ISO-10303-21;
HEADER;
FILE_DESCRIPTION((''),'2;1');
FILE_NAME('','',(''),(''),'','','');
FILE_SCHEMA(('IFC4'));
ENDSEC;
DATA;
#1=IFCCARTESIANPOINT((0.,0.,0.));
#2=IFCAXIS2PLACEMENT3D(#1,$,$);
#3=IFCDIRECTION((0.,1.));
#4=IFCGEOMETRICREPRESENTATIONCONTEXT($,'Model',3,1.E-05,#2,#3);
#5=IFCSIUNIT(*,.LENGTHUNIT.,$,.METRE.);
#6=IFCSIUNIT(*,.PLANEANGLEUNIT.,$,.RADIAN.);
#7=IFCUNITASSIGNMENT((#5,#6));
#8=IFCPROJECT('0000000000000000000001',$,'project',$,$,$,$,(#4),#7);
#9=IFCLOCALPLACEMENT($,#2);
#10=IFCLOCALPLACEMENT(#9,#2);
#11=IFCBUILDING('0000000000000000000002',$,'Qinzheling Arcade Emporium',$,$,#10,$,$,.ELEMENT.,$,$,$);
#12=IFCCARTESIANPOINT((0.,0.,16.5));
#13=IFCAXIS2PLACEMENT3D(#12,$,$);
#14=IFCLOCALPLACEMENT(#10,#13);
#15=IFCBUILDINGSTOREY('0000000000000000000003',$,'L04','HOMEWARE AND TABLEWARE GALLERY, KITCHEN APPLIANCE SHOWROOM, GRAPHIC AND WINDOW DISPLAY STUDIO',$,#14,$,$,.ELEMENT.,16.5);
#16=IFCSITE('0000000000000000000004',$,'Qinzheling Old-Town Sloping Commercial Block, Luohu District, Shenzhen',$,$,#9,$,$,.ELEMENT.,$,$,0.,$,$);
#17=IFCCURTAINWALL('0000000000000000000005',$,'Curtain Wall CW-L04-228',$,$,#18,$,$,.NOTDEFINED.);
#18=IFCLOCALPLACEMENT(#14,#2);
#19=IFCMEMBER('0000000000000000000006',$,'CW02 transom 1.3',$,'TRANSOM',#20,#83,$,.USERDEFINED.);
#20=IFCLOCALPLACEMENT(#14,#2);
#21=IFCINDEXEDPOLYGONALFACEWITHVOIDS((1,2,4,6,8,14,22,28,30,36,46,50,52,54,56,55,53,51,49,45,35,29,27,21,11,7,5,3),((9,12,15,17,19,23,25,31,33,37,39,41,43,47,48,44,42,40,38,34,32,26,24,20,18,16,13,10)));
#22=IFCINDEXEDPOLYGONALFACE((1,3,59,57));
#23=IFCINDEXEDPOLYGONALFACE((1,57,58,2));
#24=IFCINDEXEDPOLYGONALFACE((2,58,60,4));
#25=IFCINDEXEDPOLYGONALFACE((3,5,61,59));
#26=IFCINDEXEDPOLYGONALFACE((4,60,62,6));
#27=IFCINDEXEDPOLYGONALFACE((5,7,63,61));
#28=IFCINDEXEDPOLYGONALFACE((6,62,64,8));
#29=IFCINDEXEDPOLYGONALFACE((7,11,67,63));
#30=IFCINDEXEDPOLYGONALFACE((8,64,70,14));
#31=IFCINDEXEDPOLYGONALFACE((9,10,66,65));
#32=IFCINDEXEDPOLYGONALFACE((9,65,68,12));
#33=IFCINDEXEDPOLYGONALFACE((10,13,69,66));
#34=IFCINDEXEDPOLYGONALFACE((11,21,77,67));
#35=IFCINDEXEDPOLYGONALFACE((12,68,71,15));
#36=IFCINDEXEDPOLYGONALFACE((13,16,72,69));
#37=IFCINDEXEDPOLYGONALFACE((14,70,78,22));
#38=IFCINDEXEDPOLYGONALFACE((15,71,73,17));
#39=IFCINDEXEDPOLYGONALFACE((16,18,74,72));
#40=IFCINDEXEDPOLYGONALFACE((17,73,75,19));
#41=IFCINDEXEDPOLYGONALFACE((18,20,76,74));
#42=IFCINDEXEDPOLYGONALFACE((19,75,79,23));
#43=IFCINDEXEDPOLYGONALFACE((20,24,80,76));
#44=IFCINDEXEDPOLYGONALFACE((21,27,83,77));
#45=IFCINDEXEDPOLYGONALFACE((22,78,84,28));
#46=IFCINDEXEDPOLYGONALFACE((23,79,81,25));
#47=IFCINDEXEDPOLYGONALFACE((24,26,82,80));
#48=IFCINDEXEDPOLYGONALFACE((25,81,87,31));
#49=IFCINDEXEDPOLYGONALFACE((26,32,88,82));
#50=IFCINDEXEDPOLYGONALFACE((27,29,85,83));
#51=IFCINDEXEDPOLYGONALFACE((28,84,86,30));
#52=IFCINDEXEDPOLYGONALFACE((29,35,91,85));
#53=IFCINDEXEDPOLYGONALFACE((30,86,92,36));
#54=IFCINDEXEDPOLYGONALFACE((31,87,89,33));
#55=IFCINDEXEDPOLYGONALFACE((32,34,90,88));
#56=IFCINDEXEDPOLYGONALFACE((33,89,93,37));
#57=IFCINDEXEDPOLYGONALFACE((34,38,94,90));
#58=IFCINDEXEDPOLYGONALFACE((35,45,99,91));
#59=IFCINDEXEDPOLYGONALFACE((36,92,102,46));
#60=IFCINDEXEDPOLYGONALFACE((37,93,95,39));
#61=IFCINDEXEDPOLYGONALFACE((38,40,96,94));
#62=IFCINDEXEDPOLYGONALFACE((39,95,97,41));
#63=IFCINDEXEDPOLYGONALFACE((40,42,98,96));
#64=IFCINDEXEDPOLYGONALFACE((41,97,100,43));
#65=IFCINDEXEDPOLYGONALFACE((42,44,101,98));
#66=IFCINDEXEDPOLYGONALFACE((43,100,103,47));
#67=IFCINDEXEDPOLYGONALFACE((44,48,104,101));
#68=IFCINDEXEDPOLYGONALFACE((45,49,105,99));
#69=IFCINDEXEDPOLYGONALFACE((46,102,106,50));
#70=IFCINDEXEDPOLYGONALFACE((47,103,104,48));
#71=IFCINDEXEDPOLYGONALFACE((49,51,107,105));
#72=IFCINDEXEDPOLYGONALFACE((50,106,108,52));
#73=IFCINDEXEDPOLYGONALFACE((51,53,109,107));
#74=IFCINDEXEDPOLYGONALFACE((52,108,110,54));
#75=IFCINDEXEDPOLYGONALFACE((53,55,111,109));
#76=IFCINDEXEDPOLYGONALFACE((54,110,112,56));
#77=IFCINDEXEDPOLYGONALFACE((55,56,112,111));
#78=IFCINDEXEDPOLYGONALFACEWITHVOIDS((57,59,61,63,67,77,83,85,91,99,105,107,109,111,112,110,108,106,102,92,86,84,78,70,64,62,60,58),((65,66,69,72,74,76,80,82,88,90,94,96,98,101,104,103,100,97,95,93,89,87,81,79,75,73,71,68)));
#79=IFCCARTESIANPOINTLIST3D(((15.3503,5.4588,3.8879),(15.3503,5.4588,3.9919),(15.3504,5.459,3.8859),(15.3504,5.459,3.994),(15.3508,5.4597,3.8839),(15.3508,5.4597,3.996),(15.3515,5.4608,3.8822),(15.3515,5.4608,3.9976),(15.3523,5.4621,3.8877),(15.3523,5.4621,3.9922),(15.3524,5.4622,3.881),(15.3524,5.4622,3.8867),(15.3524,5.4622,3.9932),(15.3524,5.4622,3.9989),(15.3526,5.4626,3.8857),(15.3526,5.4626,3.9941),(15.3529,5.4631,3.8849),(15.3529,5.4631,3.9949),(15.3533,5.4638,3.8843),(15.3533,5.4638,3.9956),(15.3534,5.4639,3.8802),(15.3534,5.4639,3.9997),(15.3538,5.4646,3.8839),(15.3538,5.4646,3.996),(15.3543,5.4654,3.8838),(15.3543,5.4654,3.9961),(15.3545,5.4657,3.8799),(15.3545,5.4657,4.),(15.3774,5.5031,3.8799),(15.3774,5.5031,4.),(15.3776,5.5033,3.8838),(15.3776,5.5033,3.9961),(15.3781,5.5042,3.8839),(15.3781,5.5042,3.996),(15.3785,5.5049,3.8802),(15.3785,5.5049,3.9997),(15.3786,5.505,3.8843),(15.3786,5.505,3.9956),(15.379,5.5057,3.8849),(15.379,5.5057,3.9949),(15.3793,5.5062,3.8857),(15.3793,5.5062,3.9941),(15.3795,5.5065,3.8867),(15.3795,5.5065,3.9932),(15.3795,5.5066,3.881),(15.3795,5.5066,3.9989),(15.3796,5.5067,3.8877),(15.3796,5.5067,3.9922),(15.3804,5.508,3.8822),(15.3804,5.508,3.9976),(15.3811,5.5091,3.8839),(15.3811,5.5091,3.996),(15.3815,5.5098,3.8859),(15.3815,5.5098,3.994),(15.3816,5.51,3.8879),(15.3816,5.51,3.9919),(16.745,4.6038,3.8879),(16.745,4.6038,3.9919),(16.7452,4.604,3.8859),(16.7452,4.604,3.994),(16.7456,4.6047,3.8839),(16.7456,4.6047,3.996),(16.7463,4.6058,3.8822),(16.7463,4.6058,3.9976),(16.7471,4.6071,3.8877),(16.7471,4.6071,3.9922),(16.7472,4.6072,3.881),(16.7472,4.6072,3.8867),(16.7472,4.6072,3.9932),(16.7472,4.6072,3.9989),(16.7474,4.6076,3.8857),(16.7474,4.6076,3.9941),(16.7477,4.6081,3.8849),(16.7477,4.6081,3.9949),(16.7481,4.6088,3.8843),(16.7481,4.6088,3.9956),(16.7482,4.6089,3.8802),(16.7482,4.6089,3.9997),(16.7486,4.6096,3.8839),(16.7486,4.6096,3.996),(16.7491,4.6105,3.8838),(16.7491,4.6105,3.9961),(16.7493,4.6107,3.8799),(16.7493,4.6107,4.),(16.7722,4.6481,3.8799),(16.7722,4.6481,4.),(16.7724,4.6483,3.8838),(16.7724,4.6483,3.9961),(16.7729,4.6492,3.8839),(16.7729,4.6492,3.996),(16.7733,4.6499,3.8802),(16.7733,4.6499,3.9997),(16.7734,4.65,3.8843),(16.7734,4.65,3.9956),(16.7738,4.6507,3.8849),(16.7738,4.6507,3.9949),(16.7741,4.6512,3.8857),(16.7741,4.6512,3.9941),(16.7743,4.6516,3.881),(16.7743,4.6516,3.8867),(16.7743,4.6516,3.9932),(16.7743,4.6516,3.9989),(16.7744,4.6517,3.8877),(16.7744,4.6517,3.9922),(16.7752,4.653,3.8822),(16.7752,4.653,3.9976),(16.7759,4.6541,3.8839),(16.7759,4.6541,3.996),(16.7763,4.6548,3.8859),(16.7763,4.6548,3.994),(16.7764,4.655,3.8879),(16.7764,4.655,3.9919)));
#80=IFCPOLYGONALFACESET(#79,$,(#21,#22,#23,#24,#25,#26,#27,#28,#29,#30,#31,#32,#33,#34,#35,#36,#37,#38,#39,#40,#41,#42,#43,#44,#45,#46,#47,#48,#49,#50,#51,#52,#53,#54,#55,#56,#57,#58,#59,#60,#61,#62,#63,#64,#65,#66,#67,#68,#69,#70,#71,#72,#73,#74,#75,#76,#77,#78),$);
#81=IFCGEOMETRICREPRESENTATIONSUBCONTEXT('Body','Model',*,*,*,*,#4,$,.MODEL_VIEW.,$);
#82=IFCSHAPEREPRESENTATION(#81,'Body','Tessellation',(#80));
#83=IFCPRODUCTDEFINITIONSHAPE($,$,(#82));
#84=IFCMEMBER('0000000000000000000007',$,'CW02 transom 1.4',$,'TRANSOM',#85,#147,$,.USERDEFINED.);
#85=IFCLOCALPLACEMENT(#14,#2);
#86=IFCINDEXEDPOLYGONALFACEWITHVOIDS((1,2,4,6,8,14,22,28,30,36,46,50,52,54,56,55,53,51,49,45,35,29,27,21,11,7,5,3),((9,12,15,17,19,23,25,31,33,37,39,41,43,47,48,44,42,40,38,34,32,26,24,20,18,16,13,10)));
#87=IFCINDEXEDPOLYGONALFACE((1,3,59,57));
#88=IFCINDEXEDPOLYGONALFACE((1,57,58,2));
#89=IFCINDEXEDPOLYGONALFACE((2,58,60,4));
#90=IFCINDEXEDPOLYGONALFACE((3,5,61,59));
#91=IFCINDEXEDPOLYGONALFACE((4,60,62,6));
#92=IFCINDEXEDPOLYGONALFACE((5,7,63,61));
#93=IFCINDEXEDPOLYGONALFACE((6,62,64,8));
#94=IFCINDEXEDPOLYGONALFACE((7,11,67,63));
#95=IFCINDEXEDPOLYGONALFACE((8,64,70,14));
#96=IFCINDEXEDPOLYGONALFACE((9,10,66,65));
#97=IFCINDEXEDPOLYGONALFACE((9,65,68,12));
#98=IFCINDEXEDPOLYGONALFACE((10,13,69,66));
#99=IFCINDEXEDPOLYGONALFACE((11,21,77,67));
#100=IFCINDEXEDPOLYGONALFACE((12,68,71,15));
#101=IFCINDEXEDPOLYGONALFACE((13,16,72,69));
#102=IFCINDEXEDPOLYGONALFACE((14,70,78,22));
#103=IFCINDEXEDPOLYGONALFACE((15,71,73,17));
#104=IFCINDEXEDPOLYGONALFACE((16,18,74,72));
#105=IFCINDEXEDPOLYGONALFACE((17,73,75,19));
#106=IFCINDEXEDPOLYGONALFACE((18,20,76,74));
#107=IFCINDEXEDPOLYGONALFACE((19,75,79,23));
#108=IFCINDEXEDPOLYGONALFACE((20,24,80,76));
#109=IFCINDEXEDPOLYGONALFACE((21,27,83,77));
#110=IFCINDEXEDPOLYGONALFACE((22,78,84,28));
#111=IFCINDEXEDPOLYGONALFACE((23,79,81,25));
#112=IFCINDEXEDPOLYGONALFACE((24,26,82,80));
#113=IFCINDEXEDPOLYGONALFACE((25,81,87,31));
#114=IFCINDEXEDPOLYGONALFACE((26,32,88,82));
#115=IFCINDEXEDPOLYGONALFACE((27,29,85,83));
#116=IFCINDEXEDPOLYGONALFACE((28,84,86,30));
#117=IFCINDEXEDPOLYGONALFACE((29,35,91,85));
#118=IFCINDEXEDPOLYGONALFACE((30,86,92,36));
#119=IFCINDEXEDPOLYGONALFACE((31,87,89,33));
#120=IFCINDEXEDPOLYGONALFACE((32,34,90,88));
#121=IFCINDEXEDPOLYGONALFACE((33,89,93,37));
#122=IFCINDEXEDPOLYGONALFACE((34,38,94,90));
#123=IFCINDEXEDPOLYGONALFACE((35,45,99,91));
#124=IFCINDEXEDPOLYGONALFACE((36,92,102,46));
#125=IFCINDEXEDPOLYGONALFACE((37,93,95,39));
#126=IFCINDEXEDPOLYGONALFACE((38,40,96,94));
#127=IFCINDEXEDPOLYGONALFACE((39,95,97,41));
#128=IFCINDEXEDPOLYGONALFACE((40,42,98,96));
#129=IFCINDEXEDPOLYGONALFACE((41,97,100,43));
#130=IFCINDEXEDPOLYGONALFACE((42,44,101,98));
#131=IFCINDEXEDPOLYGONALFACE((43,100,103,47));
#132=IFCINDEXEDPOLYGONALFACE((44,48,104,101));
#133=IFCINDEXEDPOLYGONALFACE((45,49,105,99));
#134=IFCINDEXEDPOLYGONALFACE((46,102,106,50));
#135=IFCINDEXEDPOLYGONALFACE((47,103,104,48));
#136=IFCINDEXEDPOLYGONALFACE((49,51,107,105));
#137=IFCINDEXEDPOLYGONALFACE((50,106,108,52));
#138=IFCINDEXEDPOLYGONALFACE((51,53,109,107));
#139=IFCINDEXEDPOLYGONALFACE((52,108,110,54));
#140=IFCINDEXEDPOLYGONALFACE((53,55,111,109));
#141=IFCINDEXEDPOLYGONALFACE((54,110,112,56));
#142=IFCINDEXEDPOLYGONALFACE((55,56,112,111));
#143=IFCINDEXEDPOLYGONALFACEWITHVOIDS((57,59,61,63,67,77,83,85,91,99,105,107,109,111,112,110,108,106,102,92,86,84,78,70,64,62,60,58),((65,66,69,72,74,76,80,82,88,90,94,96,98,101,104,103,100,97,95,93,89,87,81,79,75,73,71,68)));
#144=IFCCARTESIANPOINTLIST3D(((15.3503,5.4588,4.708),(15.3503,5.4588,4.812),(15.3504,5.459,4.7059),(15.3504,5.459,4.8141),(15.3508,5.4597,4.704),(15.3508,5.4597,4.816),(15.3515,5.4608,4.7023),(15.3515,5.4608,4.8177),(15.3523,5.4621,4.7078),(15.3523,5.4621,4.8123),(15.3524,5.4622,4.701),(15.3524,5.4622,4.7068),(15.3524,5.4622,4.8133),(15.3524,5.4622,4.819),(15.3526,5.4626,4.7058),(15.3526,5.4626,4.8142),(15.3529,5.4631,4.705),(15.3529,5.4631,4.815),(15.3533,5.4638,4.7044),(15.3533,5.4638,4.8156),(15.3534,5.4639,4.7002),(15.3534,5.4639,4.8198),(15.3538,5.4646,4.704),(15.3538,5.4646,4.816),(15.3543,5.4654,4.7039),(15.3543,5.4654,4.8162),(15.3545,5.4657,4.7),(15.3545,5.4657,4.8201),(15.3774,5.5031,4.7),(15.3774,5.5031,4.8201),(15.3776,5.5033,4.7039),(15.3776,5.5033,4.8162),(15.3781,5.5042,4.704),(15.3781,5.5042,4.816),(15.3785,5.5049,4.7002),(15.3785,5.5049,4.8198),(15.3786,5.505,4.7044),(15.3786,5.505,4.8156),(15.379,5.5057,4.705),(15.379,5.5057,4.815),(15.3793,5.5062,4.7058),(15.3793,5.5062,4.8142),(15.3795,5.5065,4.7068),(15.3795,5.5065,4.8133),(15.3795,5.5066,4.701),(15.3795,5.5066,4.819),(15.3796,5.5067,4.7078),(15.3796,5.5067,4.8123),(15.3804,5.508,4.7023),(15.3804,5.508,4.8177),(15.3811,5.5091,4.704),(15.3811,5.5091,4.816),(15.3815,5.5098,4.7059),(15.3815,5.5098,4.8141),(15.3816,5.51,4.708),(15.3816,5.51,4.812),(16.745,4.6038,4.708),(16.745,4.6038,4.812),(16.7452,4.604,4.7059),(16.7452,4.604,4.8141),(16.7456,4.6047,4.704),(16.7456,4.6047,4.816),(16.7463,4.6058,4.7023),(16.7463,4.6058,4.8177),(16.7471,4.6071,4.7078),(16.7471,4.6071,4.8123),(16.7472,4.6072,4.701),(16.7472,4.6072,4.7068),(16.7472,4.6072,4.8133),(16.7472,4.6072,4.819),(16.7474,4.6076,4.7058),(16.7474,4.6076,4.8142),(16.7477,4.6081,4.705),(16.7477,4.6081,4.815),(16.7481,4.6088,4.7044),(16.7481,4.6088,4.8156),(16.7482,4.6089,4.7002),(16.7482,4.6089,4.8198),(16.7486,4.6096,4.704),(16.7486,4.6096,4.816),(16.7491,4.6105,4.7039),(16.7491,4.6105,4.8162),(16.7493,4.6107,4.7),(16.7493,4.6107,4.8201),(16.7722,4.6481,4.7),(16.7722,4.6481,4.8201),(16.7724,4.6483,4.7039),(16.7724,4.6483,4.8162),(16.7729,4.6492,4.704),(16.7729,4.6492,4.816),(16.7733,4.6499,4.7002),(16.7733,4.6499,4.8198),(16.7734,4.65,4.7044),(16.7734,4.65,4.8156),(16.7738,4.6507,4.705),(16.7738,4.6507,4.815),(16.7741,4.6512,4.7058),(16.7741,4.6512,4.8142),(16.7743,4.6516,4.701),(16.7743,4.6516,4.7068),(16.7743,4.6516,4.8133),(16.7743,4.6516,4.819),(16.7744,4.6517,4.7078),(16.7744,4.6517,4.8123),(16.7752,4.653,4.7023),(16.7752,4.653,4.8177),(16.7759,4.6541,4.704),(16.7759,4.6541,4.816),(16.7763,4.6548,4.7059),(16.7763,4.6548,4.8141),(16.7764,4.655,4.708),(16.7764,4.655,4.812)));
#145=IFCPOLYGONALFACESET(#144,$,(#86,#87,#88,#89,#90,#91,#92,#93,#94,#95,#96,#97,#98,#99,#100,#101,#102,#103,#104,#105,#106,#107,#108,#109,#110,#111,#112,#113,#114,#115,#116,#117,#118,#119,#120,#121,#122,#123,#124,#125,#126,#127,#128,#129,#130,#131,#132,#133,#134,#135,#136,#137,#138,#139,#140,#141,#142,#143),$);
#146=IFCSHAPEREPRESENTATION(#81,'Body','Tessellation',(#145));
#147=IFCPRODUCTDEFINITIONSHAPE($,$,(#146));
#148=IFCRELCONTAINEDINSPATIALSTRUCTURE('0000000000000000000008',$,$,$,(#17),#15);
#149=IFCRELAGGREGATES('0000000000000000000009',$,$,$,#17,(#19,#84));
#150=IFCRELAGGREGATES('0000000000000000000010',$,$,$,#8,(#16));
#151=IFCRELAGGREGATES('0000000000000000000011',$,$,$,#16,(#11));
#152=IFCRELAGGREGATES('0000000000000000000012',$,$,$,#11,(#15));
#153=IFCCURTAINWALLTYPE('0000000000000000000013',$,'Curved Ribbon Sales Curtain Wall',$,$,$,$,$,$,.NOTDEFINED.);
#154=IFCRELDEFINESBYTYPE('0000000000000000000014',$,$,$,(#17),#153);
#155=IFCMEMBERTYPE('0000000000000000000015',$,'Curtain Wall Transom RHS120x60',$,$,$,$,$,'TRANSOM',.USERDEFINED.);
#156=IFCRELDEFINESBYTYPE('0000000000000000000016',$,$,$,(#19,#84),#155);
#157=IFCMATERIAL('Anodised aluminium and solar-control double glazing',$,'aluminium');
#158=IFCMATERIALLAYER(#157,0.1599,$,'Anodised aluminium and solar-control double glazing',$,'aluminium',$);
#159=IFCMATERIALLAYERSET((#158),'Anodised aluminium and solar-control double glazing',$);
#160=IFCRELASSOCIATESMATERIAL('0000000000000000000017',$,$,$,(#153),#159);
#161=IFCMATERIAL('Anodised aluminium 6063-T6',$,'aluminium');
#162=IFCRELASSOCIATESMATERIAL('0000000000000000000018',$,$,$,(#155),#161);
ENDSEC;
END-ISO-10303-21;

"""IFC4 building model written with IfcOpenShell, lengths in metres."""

from ifc_helpers import new_model, si_unit, direction, frame, origin, origin_2d, place, context, subcontext, project, spatial, hollow_rectangle, extrude, material, layer, layer_set, material_profile, profile_set, type_object, element, aggregate, save


model = new_model("IFC4")

# Units and contexts
model_context = context("Model", 3, precision=1e-05, world=origin(), true_north=direction((0.0, 1.0)))
body_context = subcontext(model_context, "Body", "Model", "MODEL_VIEW")
ifc_project = project(units=[si_unit("LENGTHUNIT", "METRE"), si_unit("PLANEANGLEUNIT", "RADIAN")], contexts=[model_context])

# Site, building, storey
site_placement = place(None, origin())
site = spatial("IfcSite", under=ifc_project, at=site_placement, Name="Qinzheling Old-Town Sloping Commercial Block, Luohu District, Shenzhen", CompositionType="ELEMENT", RefElevation=0.0)
building_placement = place(site_placement, origin())
building = spatial("IfcBuilding", under=site, at=building_placement, Name="Qinzheling Arcade Emporium", CompositionType="ELEMENT")
storey_placement = place(building_placement, frame((0.0, 0.0, 16.5)))
storey = spatial("IfcBuildingStorey", under=building, at=storey_placement, Name="L04", Description="HOMEWARE AND TABLEWARE GALLERY, KITCHEN APPLIANCE SHOWROOM, GRAPHIC AND WINDOW DISPLAY STUDIO", CompositionType="ELEMENT", Elevation=16.5)

# Shared definitions
ifc_material_1 = material(Name="Anodised aluminium and solar-control double glazing", Category="aluminium")
ifc_layer_1 = layer(ifc_material_1, 0.1599, Name="Anodised aluminium and solar-control double glazing", Category="aluminium")
ifc_layer_set_1 = layer_set([ifc_layer_1], Name="Anodised aluminium and solar-control double glazing")
curtain_wall_type = type_object("IfcCurtainWallType", Name="Curved Ribbon Sales Curtain Wall", PredefinedType="NOTDEFINED", material=ifc_layer_set_1)
ifc_material_2 = material(Name="Anodised aluminium 6063-T6", Category="aluminium")

# Curtain wall
curtain_wall_1_placement = place(storey_placement, origin())
curtain_wall_1 = element("IfcCurtainWall", 1, at=curtain_wall_1_placement, inside=storey, type_object=curtain_wall_type, Name="Curtain Wall CW-L04-228", PredefinedType="NOTDEFINED")

# Members
ifc_material_profile_1 = material_profile(ifc_material_2, hollow_rectangle(XDim=0.0601, YDim=0.1201, WallThickness=0.0039, InnerFilletRadius=0.0039, OuterFilletRadius=0.0081, at=origin_2d()), Name="RHS 120x60x4", Category="aluminium")
ifc_profile_set_1 = profile_set([ifc_material_profile_1], Name="Anodised aluminium 6063-T6")
member_type_1 = type_object("IfcMemberType", Name="Curtain Wall Transom RHS120x60", ElementType="TRANSOM", PredefinedType="USERDEFINED", material=ifc_profile_set_1)
member_1_placement = place(storey_placement, frame((16.7607, 4.6294, 3.9399), z_axis=(-0.852569, 0.522615, 0.0), x_axis=(-0.522615, -0.852569, 0.0)))
member_1 = element("IfcMember", 2, at=member_1_placement, type_object=member_type_1, Name="CW02 transom 1.3", ObjectType="TRANSOM", PredefinedType="USERDEFINED", context=body_context, shape_type="SweptSolid", body=[
    extrude(hollow_rectangle(XDim=0.0601, YDim=0.1201, WallThickness=0.0039, InnerFilletRadius=0.0039, OuterFilletRadius=0.0081, at=origin_2d()), origin(), (0.0, 0.0, 1.0), 1.636),
])
member_2_placement = place(storey_placement, frame((16.7607, 4.6294, 4.76), z_axis=(-0.852569, 0.522615, 0.0), x_axis=(-0.522615, -0.852569, 0.0)))
member_2 = element("IfcMember", 3, at=member_2_placement, type_object=member_type_1, Name="CW02 transom 1.4", ObjectType="TRANSOM", PredefinedType="USERDEFINED", context=body_context, shape_type="SweptSolid", body=[
    extrude(hollow_rectangle(XDim=0.0601, YDim=0.1201, WallThickness=0.0039, InnerFilletRadius=0.0039, OuterFilletRadius=0.0081, at=origin_2d()), origin(), (0.0, 0.0, 1.0), 1.636),
])

aggregate(curtain_wall_1, [member_1, member_2])

save(model, "model.ifc")
